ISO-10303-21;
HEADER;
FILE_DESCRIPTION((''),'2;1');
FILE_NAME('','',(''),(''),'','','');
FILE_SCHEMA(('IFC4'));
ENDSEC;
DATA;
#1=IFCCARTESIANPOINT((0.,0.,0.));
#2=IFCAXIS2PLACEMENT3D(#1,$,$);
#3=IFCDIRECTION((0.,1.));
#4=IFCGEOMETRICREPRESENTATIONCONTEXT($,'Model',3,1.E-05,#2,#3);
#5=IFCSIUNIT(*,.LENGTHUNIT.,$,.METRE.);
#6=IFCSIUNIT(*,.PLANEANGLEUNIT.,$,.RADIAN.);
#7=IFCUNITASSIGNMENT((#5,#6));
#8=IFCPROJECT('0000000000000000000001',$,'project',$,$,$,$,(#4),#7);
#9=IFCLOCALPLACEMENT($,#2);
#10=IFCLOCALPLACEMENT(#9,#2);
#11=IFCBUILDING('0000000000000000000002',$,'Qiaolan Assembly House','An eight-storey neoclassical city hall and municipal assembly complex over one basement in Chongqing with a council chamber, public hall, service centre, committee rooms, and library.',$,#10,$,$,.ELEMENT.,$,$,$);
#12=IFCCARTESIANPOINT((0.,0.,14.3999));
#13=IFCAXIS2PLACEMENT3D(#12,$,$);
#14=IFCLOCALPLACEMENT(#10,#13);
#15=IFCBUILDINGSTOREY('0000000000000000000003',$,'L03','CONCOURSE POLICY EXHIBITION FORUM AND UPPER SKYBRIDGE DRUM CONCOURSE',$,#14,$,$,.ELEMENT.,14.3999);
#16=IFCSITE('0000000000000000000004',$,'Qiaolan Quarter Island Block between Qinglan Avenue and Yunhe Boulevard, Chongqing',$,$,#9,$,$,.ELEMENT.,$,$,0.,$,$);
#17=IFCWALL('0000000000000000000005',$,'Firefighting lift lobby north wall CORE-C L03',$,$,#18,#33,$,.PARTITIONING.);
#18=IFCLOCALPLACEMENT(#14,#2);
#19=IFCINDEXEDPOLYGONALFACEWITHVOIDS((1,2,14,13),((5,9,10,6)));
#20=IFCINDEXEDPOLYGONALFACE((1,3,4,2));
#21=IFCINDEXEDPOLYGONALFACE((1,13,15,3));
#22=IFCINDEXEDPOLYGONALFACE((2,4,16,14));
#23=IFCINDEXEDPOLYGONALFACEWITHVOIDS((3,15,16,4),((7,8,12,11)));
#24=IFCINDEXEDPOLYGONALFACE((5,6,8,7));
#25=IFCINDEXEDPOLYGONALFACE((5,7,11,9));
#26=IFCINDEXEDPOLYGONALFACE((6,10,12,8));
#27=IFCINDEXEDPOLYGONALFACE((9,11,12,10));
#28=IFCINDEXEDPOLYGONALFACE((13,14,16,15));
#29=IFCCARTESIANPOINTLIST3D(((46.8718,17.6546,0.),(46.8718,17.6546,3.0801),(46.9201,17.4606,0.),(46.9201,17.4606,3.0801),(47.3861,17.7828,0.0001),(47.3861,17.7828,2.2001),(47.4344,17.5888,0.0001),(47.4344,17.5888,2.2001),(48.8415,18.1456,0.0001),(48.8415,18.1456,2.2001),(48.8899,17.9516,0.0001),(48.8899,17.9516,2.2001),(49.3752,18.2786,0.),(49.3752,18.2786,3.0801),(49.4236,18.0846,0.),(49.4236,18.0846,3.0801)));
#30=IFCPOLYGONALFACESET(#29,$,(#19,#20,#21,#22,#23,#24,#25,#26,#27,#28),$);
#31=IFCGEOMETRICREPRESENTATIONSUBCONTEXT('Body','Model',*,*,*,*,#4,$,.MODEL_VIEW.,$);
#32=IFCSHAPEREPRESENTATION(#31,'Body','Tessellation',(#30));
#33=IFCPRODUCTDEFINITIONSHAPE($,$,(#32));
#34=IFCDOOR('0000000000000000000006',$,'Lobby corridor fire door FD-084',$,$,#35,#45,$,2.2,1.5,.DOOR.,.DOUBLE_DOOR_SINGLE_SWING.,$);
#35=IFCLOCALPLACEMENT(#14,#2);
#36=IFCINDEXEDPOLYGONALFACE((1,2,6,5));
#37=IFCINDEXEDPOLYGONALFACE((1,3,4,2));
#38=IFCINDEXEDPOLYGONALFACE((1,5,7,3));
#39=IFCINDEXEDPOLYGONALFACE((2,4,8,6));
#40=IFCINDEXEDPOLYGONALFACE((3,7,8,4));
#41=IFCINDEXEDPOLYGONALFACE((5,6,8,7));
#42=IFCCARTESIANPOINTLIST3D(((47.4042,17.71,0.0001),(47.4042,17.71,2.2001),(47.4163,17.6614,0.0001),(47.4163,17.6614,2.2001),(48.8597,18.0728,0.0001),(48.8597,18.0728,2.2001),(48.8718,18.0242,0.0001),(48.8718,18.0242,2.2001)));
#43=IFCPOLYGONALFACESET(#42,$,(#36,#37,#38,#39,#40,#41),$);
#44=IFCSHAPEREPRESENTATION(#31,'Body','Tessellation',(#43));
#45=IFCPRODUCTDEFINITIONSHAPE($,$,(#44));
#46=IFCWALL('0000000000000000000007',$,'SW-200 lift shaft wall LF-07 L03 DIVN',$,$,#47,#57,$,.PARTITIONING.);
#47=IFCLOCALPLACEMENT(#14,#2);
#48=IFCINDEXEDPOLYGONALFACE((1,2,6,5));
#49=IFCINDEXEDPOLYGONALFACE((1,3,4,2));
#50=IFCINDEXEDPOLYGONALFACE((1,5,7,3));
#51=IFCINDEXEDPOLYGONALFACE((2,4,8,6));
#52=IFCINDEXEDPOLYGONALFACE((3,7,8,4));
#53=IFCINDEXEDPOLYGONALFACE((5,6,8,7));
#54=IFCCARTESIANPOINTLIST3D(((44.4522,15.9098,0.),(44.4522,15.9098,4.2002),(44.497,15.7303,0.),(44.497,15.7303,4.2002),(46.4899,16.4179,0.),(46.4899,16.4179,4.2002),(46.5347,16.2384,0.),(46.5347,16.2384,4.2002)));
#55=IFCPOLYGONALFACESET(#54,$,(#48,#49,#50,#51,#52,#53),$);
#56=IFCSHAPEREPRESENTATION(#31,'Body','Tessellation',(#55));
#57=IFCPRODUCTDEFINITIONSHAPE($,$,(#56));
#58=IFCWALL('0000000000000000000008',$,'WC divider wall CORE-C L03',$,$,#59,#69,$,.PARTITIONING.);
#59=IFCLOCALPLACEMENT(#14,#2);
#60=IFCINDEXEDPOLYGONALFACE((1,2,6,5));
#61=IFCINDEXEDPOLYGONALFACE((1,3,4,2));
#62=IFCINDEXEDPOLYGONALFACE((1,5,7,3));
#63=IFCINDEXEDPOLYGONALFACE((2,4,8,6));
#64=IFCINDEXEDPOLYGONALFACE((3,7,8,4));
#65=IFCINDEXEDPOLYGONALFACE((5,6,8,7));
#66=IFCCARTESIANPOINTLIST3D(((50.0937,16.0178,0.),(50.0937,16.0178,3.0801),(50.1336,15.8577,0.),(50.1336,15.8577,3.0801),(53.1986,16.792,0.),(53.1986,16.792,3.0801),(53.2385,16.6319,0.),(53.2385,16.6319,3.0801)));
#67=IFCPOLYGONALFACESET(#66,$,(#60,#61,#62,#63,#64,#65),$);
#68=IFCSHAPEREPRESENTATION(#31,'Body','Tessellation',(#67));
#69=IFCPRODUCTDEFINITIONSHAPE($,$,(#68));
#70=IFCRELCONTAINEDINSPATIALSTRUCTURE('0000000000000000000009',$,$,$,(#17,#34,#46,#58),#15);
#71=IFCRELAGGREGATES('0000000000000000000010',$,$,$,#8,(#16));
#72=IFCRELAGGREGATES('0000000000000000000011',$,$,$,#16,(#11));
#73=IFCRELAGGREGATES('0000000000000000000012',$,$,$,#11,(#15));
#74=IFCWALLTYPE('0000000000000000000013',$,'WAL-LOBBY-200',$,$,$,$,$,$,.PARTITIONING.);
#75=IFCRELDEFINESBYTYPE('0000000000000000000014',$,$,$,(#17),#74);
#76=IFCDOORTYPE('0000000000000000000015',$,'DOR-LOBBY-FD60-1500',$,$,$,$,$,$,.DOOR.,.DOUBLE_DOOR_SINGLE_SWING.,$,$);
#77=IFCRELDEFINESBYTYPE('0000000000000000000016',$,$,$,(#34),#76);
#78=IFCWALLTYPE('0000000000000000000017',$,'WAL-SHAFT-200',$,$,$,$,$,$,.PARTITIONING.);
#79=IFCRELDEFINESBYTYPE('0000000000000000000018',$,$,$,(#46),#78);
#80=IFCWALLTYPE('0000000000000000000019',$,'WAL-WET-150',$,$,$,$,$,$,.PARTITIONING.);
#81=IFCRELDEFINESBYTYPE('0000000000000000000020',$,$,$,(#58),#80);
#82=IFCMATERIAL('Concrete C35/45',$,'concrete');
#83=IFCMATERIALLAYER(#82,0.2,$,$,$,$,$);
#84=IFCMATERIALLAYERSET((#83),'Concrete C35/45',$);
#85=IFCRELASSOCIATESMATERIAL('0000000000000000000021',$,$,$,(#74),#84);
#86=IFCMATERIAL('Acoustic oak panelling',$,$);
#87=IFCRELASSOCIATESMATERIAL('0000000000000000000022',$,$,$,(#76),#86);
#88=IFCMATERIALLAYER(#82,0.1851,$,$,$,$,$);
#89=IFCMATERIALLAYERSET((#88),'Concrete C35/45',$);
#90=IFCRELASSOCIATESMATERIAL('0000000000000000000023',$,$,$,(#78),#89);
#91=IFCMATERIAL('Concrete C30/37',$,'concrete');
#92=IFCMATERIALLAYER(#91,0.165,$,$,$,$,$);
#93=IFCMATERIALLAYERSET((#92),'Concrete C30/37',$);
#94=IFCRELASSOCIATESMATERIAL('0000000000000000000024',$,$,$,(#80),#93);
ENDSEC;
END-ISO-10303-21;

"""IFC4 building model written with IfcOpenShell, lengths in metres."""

from ifc_helpers import new_model, si_unit, direction, frame, frame_2d, origin, place, context, subcontext, project, spatial, rectangle, extrude, material, layer, layer_set, type_object, element, fill, save


model = new_model("IFC4")

# Units and contexts
model_context = context("Model", 3, precision=1e-05, world=origin(), true_north=direction((0.0, 1.0)))
body_context = subcontext(model_context, "Body", "Model", "MODEL_VIEW")
ifc_project = project(units=[si_unit("LENGTHUNIT", "METRE"), si_unit("PLANEANGLEUNIT", "RADIAN")], contexts=[model_context])

# Site, building, storey
site_placement = place(None, origin())
site = spatial("IfcSite", under=ifc_project, at=site_placement, Name="Qiaolan Quarter Island Block between Qinglan Avenue and Yunhe Boulevard, Chongqing", CompositionType="ELEMENT", RefElevation=0.0)
building_placement = place(site_placement, origin())
building = spatial("IfcBuilding", under=site, at=building_placement, Name="Qiaolan Assembly House", Description="An eight-storey neoclassical city hall and municipal assembly complex over one basement in Chongqing with a council chamber, public hall, service centre, committee rooms, and library.", CompositionType="ELEMENT")
storey_placement = place(building_placement, frame((0.0, 0.0, 14.3999)))
storey = spatial("IfcBuildingStorey", under=building, at=storey_placement, Name="L03", Description="CONCOURSE POLICY EXHIBITION FORUM AND UPPER SKYBRIDGE DRUM CONCOURSE", CompositionType="ELEMENT", Elevation=14.3999)

# Wall, opening, door
ifc_material_1 = material(Name="Concrete C35/45", Category="concrete")
ifc_layer_1 = layer(ifc_material_1, 0.2)
ifc_layer_set_1 = layer_set([ifc_layer_1], Name="Concrete C35/45")
wall_type_1 = type_object("IfcWallType", Name="WAL-LOBBY-200", PredefinedType="PARTITIONING", material=ifc_layer_set_1)
wall_1_placement = place(storey_placement, frame((49.3994, 18.1816, 0.0), z_axis=(0.0, 0.0, 1.0), x_axis=(-0.970309, -0.241868, 0.0)))
wall_1 = element("IfcWall", 1, at=wall_1_placement, inside=storey, type_object=wall_type_1, Name="Firefighting lift lobby north wall CORE-C L03", PredefinedType="PARTITIONING", context=body_context, shape_type="SweptSolid", body=[
    extrude(rectangle(XDim=2.5801, YDim=0.2, at=frame_2d((1.29, 0.0))), origin(), (0.0, 0.0, 1.0), 3.0801),
])
opening_1_placement = place(wall_1_placement, frame((0.55, 0.0, 0.0)))
opening_1 = element("IfcOpeningElement", 2, at=opening_1_placement, cuts=wall_1, PredefinedType="OPENING", context=body_context, shape_type="SweptSolid", body=[
    extrude(rectangle(XDim=1.5, YDim=2.2, at=frame_2d((0.75, 1.1001))), frame((0.0, 0.1099, 0.0), z_axis=(0.0, -1.0, 0.0), x_axis=(1.0, 0.0, 0.0)), (0.0, 0.0, 1.0), 0.22),
])
ifc_material_2 = material(Name="Acoustic oak panelling")
door_type_1 = type_object("IfcDoorType", Name="DOR-LOBBY-FD60-1500", OperationType="DOUBLE_DOOR_SINGLE_SWING", PredefinedType="DOOR", material=ifc_material_2)
door_1_placement = place(opening_1_placement, frame((1.5, 0.0, 0.0), z_axis=(0.0, 0.0, 1.0), x_axis=(-1.0, 0.0, 0.0)))
door_1 = element("IfcDoor", 3, at=door_1_placement, inside=storey, type_object=door_type_1, Name="Lobby corridor fire door FD-084", OperationType="DOUBLE_DOOR_SINGLE_SWING", OverallHeight=2.2, OverallWidth=1.5, PredefinedType="DOOR", context=body_context, shape_type="SweptSolid", body=[
    extrude(rectangle(XDim=1.5, YDim=2.2, at=frame_2d((0.75, 1.1001))), frame((0.0, 0.0249, 0.0), z_axis=(0.0, -1.0, 0.0), x_axis=(1.0, 0.0, 0.0)), (0.0, 0.0, 1.0), 0.05),
])
fill(opening_1, door_1)

# Walls
ifc_layer_2 = layer(ifc_material_1, 0.1851)
ifc_layer_set_2 = layer_set([ifc_layer_2], Name="Concrete C35/45")
wall_type_2 = type_object("IfcWallType", Name="WAL-SHAFT-200", PredefinedType="PARTITIONING", material=ifc_layer_set_2)
wall_2_placement = place(storey_placement, frame((44.4746, 15.8201, 0.0), z_axis=(0.0, 0.0, 1.0), x_axis=(0.970293, 0.241934, 0.0)))
element("IfcWall", 4, at=wall_2_placement, inside=storey, type_object=wall_type_2, Name="SW-200 lift shaft wall LF-07 L03 DIVN", PredefinedType="PARTITIONING", context=body_context, shape_type="SweptSolid", body=[
    extrude(rectangle(XDim=2.1001, YDim=0.1851, at=frame_2d((1.05, 0.0))), origin(), (0.0, 0.0, 1.0), 4.2002),
])
ifc_material_3 = material(Name="Concrete C30/37", Category="concrete")
ifc_layer_3 = layer(ifc_material_3, 0.165)
ifc_layer_set_3 = layer_set([ifc_layer_3], Name="Concrete C30/37")
wall_type_3 = type_object("IfcWallType", Name="WAL-WET-150", PredefinedType="PARTITIONING", material=ifc_layer_set_3)
wall_3_placement = place(storey_placement, frame((50.1135, 15.9377, 0.0), z_axis=(0.0, 0.0, 1.0), x_axis=(0.970295, 0.241925, 0.0)))
element("IfcWall", 5, at=wall_3_placement, inside=storey, type_object=wall_type_3, Name="WC divider wall CORE-C L03", PredefinedType="PARTITIONING", context=body_context, shape_type="SweptSolid", body=[
    extrude(rectangle(XDim=3.2, YDim=0.165, at=frame_2d((1.6001, 0.0))), origin(), (0.0, 0.0, 1.0), 3.0801),
])

save(model, "model.ifc")
